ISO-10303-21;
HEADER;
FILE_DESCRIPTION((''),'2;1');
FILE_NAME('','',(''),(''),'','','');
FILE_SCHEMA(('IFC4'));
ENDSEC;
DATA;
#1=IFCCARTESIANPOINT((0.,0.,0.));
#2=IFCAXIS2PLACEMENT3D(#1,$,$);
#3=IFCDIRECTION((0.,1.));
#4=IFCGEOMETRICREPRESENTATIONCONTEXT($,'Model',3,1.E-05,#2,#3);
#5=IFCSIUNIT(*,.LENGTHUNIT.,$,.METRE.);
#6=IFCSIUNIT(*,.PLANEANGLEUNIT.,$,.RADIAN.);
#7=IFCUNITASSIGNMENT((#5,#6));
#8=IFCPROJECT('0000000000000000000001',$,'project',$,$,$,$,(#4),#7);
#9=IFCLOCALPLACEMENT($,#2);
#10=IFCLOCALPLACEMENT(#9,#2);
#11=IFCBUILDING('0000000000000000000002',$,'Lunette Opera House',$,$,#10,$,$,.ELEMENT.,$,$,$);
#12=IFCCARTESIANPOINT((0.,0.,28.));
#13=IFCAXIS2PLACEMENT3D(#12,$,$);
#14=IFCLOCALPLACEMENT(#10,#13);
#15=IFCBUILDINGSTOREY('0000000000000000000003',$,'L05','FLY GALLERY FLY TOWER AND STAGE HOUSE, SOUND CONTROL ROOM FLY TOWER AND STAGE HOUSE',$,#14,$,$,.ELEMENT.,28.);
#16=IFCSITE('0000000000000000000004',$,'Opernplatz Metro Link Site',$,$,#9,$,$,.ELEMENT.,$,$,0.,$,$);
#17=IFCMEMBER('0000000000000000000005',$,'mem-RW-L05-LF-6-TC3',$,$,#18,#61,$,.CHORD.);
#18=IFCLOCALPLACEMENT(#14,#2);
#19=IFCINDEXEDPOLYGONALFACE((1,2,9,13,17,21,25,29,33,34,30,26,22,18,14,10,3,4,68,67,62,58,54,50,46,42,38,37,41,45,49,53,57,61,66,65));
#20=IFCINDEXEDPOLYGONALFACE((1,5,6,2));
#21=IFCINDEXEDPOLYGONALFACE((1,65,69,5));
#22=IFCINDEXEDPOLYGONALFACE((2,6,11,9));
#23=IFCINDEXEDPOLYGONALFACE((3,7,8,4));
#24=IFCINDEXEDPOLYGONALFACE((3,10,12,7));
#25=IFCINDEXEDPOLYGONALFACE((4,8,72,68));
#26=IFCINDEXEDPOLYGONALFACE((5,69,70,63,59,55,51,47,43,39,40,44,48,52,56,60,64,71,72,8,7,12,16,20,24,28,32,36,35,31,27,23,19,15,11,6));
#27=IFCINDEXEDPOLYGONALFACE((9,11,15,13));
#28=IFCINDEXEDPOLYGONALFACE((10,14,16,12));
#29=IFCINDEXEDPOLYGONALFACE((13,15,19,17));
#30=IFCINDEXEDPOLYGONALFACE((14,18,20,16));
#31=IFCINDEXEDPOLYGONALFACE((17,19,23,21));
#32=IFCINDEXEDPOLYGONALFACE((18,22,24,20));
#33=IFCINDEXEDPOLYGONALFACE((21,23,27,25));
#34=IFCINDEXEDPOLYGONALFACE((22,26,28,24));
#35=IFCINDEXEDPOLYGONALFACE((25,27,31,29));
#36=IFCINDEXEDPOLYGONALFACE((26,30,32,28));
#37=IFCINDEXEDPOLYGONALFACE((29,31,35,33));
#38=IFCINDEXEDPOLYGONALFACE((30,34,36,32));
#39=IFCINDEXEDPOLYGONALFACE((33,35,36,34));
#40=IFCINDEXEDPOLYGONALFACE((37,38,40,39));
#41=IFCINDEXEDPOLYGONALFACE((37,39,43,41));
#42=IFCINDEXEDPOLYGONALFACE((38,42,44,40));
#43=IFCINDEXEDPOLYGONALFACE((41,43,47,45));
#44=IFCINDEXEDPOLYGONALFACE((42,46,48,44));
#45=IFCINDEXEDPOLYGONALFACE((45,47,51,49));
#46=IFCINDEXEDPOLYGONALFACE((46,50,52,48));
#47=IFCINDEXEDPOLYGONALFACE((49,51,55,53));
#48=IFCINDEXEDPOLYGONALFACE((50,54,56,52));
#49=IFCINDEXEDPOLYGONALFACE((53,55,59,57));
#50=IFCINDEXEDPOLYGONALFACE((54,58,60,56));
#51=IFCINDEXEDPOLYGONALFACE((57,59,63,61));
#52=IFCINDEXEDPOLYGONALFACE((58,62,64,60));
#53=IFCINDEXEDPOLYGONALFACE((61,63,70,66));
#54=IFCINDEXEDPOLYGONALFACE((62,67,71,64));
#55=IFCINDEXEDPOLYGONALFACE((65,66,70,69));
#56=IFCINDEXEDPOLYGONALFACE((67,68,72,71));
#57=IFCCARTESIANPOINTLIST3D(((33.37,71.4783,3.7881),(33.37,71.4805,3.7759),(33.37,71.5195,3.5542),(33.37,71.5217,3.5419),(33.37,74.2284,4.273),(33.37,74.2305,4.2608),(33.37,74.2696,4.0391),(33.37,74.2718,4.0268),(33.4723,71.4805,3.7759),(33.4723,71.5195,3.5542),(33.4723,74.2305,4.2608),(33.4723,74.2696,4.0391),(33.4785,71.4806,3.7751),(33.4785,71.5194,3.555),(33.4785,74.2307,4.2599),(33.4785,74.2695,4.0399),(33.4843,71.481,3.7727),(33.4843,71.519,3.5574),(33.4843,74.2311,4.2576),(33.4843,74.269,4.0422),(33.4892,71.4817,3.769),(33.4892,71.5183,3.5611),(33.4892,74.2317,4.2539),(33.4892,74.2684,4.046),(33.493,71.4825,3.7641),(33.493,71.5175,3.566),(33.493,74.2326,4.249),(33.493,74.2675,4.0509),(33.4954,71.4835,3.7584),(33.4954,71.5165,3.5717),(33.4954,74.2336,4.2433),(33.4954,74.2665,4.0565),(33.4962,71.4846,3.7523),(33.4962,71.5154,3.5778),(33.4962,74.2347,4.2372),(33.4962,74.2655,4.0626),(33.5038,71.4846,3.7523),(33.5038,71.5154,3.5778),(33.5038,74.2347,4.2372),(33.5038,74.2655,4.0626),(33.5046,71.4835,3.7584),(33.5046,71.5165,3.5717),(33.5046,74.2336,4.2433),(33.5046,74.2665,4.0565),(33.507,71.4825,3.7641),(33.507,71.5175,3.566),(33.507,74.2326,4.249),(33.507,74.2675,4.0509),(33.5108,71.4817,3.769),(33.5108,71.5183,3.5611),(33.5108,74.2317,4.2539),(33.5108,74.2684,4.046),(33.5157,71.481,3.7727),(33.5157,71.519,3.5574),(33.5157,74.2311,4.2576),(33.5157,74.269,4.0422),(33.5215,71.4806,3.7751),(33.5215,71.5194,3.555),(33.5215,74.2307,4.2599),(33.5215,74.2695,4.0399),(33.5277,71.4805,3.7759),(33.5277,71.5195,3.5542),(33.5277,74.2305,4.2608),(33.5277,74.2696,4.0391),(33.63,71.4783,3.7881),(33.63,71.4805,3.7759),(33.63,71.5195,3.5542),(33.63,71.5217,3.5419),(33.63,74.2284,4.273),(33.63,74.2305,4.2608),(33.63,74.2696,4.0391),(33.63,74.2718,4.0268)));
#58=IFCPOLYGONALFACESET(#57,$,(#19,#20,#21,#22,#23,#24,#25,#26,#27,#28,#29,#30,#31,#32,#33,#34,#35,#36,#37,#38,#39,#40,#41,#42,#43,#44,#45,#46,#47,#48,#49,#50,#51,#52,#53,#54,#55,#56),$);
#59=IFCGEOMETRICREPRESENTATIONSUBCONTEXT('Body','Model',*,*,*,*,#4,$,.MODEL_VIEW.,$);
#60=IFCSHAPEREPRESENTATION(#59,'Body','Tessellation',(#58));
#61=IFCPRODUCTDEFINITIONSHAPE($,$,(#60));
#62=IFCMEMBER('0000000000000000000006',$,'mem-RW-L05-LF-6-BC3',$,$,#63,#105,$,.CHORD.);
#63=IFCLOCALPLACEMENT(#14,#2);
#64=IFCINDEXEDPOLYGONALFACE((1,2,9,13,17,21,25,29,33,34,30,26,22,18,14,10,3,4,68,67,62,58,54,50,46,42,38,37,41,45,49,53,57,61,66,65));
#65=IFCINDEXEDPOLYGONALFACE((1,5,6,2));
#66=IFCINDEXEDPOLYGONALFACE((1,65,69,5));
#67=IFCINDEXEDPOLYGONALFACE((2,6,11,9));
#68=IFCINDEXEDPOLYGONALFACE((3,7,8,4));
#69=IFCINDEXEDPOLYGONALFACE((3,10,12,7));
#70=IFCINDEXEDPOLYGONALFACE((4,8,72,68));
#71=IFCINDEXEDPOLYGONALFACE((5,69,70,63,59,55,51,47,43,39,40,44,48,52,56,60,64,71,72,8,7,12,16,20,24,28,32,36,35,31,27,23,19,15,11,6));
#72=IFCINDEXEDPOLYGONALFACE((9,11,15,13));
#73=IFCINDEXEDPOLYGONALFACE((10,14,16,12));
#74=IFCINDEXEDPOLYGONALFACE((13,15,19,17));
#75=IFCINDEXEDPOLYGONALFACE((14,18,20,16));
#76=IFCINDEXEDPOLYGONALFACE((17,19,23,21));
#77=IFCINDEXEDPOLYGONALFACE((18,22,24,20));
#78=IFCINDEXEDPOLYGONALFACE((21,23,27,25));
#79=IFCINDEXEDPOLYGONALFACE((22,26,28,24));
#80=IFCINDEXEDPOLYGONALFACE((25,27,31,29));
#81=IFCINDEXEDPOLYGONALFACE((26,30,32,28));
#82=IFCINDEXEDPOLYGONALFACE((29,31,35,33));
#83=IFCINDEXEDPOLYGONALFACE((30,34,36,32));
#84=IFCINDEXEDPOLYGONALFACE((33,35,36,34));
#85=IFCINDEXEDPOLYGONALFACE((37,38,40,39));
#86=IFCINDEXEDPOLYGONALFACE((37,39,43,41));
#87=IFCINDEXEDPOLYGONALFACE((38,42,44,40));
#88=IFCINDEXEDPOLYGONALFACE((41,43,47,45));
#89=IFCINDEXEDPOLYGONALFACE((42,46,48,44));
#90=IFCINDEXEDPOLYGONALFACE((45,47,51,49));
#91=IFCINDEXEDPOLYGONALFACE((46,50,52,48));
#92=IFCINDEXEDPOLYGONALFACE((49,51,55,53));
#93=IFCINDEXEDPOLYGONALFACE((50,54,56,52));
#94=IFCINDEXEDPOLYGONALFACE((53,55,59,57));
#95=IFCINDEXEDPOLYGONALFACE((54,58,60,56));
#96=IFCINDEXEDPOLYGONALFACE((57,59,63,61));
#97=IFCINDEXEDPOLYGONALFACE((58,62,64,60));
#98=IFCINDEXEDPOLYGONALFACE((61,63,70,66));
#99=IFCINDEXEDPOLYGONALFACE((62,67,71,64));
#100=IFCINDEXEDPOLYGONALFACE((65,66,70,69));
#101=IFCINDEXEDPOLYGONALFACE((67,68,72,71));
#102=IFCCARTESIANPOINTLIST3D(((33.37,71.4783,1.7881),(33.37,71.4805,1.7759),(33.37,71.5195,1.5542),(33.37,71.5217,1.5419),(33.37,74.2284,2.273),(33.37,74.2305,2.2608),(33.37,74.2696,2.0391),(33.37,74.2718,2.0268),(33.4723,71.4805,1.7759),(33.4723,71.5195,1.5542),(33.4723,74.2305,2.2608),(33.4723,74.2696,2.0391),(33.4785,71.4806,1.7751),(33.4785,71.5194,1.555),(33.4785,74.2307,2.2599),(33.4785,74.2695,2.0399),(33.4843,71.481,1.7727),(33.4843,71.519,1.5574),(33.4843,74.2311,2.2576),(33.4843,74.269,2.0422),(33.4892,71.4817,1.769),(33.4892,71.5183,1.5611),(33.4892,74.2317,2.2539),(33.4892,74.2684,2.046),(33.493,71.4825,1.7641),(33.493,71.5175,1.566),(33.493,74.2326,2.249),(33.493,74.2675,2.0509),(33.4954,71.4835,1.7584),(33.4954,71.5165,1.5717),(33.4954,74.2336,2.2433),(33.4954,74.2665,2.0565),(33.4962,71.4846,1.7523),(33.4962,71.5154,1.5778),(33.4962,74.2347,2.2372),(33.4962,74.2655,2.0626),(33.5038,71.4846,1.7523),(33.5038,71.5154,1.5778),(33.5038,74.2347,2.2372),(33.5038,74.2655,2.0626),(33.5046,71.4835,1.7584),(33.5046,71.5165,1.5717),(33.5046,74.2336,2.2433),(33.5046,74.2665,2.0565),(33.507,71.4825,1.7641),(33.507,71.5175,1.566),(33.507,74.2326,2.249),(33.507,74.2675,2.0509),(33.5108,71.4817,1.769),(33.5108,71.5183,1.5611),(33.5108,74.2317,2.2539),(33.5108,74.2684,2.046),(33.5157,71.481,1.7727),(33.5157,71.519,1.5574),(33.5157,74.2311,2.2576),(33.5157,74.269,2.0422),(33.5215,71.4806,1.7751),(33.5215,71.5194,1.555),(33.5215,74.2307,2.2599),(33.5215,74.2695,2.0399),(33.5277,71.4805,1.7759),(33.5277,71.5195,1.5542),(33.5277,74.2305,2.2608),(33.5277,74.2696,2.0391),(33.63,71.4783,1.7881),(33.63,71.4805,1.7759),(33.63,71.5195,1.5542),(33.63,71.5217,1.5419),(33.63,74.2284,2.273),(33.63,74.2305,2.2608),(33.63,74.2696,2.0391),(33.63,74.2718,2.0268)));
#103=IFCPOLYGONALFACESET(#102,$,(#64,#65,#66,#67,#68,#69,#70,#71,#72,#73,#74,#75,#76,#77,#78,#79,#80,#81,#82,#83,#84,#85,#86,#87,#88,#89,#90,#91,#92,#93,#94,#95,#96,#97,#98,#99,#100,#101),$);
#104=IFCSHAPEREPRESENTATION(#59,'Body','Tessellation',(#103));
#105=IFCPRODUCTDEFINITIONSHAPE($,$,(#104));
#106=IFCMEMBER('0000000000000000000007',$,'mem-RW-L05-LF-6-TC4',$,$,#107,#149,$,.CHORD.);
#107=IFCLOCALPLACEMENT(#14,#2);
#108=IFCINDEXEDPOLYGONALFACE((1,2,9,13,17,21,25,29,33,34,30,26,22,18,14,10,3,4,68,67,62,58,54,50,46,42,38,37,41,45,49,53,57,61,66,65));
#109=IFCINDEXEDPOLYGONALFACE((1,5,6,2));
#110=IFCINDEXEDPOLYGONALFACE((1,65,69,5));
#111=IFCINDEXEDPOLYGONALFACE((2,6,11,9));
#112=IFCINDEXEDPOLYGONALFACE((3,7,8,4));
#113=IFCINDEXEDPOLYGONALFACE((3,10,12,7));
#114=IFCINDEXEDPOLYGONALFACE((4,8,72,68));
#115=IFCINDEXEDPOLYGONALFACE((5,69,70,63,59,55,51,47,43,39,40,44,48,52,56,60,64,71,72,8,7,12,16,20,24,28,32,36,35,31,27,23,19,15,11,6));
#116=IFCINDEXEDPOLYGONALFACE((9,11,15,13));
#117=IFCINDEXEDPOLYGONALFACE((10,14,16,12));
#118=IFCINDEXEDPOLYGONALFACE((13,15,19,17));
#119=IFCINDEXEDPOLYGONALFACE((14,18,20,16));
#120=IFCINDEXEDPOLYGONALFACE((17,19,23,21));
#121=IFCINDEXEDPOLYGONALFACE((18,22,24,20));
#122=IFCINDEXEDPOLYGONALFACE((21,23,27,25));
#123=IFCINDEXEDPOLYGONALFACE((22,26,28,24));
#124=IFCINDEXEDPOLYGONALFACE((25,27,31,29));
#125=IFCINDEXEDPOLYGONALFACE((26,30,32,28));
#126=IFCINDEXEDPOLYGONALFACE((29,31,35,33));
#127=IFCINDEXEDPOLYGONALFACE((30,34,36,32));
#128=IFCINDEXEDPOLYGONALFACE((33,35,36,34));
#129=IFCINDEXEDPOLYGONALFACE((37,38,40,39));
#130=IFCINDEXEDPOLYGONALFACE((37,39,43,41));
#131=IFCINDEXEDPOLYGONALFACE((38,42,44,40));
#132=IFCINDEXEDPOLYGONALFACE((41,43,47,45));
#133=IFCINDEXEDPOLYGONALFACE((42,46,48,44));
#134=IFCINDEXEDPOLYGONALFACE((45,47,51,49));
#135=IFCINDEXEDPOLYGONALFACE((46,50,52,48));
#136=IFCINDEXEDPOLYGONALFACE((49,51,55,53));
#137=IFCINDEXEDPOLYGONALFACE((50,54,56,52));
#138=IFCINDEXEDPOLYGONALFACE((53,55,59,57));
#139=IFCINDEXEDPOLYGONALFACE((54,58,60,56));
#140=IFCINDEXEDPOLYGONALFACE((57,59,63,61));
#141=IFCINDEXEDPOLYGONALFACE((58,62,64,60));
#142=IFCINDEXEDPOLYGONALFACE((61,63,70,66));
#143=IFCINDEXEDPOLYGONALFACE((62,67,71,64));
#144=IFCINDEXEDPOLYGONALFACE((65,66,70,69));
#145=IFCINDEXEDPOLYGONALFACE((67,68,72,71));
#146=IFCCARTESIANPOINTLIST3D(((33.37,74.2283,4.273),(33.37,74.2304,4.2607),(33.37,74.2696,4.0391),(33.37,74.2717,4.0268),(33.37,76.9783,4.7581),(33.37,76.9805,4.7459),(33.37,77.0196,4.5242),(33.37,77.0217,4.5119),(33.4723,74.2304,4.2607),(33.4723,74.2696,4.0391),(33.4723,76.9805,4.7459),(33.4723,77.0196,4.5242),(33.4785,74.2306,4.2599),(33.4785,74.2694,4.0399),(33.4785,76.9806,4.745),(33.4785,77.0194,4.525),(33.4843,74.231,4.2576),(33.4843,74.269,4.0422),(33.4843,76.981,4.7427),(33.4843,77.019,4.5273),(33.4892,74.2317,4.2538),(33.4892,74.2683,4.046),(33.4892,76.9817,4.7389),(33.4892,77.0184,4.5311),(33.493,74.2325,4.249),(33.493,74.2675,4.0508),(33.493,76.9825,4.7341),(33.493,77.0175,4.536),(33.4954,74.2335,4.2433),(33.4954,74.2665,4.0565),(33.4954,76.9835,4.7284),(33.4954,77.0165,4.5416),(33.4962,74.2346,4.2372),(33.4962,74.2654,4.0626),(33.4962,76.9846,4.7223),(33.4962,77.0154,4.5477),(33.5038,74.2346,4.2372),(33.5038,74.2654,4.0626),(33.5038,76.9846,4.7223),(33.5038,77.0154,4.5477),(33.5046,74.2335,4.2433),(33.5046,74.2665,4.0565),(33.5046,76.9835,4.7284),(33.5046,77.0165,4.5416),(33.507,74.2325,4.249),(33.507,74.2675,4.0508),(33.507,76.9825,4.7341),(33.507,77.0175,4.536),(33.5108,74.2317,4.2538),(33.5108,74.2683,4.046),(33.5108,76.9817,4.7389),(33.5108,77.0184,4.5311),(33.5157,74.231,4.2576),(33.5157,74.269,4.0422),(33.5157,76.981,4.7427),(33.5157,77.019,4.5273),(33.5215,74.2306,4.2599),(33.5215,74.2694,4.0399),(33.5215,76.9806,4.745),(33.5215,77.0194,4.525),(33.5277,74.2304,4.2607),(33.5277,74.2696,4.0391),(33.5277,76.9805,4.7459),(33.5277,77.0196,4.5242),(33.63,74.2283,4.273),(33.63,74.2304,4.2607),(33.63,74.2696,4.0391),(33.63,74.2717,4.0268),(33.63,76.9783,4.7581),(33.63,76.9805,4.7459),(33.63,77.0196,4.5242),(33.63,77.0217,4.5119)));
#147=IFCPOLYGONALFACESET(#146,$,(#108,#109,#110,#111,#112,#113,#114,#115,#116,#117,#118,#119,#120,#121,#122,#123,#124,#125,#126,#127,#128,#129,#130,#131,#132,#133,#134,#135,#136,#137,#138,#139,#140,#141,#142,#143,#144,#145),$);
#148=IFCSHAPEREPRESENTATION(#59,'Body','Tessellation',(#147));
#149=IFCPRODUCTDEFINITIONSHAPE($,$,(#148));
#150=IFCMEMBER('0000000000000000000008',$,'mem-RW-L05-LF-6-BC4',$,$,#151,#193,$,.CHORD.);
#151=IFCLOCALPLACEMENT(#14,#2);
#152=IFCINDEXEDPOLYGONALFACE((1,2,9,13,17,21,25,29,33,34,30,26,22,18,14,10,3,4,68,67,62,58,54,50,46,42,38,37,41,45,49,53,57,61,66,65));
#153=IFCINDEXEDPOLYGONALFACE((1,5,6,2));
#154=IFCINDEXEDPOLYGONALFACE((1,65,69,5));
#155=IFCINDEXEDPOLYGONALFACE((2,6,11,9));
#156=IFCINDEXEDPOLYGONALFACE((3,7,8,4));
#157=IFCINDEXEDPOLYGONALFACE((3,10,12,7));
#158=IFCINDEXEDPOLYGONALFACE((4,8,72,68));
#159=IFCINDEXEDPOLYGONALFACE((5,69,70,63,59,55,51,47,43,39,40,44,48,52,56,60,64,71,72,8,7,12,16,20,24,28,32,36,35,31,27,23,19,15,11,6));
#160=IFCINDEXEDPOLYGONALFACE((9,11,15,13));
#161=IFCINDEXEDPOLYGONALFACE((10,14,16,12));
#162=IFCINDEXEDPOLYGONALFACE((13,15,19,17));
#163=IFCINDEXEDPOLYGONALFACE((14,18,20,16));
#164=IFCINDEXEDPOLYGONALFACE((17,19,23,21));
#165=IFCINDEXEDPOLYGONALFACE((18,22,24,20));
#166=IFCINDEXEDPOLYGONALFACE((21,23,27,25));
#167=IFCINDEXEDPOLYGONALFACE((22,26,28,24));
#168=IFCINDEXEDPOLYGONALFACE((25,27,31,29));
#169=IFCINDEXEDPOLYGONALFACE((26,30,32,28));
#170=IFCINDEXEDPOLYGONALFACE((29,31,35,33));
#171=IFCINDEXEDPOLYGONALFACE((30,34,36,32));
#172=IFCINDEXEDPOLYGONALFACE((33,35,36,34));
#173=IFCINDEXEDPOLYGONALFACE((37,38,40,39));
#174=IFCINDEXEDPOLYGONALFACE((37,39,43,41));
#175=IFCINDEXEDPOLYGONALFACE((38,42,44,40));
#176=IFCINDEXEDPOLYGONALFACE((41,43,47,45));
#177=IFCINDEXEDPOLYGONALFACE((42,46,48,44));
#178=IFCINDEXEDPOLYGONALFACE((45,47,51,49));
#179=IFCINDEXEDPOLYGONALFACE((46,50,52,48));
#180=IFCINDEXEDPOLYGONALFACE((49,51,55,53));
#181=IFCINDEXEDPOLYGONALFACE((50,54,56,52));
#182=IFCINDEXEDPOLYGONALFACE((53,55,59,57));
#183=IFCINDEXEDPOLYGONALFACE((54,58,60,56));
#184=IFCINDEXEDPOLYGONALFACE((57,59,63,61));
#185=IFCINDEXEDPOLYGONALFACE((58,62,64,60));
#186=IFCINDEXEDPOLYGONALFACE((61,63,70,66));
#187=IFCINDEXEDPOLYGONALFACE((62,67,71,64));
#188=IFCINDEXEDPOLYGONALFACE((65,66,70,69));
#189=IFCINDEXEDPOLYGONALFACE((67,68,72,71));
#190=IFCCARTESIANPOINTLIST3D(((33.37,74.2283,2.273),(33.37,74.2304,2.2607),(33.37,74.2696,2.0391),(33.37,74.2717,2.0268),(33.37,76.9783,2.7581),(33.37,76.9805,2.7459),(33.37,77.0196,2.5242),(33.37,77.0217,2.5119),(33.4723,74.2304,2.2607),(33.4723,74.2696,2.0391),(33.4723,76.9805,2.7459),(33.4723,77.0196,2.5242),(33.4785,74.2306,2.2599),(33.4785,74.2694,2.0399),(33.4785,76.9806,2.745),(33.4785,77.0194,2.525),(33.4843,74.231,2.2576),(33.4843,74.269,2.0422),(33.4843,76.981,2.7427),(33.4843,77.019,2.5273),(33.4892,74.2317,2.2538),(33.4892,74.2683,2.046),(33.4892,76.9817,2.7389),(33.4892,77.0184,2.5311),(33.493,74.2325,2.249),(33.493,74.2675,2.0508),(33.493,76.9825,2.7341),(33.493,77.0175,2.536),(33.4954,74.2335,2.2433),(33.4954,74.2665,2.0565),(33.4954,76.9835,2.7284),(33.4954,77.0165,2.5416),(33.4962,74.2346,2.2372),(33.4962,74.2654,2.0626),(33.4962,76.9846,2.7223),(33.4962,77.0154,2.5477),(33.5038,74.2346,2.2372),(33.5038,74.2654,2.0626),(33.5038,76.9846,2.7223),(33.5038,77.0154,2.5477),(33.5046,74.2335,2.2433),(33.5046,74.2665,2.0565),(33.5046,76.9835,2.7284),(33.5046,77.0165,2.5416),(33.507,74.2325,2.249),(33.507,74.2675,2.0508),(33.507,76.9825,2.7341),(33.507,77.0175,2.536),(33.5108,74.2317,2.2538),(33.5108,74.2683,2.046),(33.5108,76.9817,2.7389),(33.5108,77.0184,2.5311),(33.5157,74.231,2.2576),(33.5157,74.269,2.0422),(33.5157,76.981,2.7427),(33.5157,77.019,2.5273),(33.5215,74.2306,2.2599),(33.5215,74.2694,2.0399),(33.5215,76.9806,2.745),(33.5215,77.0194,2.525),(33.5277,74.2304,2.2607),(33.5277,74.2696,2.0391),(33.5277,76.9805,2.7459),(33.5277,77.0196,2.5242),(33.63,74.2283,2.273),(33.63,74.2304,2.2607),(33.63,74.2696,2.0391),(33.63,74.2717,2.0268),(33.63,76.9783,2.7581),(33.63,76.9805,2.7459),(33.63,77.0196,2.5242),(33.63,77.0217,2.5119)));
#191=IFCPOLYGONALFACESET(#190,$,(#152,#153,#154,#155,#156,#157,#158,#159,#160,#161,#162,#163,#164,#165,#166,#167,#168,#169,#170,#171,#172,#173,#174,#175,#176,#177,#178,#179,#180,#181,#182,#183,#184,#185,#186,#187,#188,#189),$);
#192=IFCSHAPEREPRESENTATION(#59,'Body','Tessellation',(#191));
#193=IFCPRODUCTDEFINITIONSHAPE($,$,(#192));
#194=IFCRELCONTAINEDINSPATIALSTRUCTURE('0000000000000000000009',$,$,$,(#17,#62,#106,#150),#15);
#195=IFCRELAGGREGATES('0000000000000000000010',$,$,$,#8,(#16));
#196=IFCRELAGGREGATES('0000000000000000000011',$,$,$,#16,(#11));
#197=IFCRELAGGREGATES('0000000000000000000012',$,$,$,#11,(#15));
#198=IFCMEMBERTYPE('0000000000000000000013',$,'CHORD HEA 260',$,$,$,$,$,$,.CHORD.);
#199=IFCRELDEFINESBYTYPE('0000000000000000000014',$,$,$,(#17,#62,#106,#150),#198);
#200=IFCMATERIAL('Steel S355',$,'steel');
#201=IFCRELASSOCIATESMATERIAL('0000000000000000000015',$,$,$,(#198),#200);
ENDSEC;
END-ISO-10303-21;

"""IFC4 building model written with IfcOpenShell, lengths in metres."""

from ifc_helpers import new_model, si_unit, direction, frame, origin, origin_2d, place, context, subcontext, project, spatial, i_section, extrude, material, material_profile, profile_set, type_object, element, save


model = new_model("IFC4")

# Units and contexts
model_context = context("Model", 3, precision=1e-05, world=origin(), true_north=direction((0.0, 1.0)))
body_context = subcontext(model_context, "Body", "Model", "MODEL_VIEW")
ifc_project = project(units=[si_unit("LENGTHUNIT", "METRE"), si_unit("PLANEANGLEUNIT", "RADIAN")], contexts=[model_context])

# Site, building, storey
site_placement = place(None, origin())
site = spatial("IfcSite", under=ifc_project, at=site_placement, Name="Opernplatz Metro Link Site", CompositionType="ELEMENT", RefElevation=0.0)
building_placement = place(site_placement, origin())
building = spatial("IfcBuilding", under=site, at=building_placement, Name="Lunette Opera House", CompositionType="ELEMENT")
storey_placement = place(building_placement, frame((0.0, 0.0, 28.0)))
storey = spatial("IfcBuildingStorey", under=building, at=storey_placement, Name="L05", Description="FLY GALLERY FLY TOWER AND STAGE HOUSE, SOUND CONTROL ROOM FLY TOWER AND STAGE HOUSE", CompositionType="ELEMENT", Elevation=28.0)

# Members
ifc_material_1 = material(Name="Steel S355", Category="steel")
ifc_material_profile_1 = material_profile(ifc_material_1, i_section(OverallWidth=0.26, OverallDepth=0.25, WebThickness=0.0076, FlangeThickness=0.0125, FilletRadius=0.0239, at=origin_2d()), Name="HEA 260")
ifc_profile_set_1 = profile_set([ifc_material_profile_1], Name="Steel S355")
member_type_1 = type_object("IfcMemberType", Name="CHORD HEA 260", PredefinedType="CHORD", material=ifc_profile_set_1)
for number, where, z_axis, x_axis, name in (
    (1, (33.5, 71.5, 3.665), (0.0, 0.98481, 0.173636), (-1.0, 0.0, 0.0), "mem-RW-L05-LF-6-TC3"),
    (2, (33.5, 71.5, 1.665), (0.0, 0.98481, 0.173636), (-1.0, 0.0, 0.0), "mem-RW-L05-LF-6-BC3"),
    (3, (33.5, 74.25, 4.1499), (0.0, 0.984795, 0.17372), (-1.0, 0.0, 0.0), "mem-RW-L05-LF-6-TC4"),
    (4, (33.5, 74.25, 2.1499), (0.0, 0.984795, 0.17372), (-1.0, 0.0, 0.0), "mem-RW-L05-LF-6-BC4"),
):
    element("IfcMember", number, at=place(storey_placement, frame(where, z_axis=z_axis, x_axis=x_axis)), inside=storey, type_object=member_type_1, Name=name, PredefinedType="CHORD", context=body_context, shape_type="SweptSolid", body=[
        extrude(i_section(OverallWidth=0.26, OverallDepth=0.25, WebThickness=0.0076, FlangeThickness=0.0125, FilletRadius=0.0239, at=origin_2d()), origin(), (0.0, 0.0, 1.0), 2.7925),
    ])

save(model, "model.ifc")
